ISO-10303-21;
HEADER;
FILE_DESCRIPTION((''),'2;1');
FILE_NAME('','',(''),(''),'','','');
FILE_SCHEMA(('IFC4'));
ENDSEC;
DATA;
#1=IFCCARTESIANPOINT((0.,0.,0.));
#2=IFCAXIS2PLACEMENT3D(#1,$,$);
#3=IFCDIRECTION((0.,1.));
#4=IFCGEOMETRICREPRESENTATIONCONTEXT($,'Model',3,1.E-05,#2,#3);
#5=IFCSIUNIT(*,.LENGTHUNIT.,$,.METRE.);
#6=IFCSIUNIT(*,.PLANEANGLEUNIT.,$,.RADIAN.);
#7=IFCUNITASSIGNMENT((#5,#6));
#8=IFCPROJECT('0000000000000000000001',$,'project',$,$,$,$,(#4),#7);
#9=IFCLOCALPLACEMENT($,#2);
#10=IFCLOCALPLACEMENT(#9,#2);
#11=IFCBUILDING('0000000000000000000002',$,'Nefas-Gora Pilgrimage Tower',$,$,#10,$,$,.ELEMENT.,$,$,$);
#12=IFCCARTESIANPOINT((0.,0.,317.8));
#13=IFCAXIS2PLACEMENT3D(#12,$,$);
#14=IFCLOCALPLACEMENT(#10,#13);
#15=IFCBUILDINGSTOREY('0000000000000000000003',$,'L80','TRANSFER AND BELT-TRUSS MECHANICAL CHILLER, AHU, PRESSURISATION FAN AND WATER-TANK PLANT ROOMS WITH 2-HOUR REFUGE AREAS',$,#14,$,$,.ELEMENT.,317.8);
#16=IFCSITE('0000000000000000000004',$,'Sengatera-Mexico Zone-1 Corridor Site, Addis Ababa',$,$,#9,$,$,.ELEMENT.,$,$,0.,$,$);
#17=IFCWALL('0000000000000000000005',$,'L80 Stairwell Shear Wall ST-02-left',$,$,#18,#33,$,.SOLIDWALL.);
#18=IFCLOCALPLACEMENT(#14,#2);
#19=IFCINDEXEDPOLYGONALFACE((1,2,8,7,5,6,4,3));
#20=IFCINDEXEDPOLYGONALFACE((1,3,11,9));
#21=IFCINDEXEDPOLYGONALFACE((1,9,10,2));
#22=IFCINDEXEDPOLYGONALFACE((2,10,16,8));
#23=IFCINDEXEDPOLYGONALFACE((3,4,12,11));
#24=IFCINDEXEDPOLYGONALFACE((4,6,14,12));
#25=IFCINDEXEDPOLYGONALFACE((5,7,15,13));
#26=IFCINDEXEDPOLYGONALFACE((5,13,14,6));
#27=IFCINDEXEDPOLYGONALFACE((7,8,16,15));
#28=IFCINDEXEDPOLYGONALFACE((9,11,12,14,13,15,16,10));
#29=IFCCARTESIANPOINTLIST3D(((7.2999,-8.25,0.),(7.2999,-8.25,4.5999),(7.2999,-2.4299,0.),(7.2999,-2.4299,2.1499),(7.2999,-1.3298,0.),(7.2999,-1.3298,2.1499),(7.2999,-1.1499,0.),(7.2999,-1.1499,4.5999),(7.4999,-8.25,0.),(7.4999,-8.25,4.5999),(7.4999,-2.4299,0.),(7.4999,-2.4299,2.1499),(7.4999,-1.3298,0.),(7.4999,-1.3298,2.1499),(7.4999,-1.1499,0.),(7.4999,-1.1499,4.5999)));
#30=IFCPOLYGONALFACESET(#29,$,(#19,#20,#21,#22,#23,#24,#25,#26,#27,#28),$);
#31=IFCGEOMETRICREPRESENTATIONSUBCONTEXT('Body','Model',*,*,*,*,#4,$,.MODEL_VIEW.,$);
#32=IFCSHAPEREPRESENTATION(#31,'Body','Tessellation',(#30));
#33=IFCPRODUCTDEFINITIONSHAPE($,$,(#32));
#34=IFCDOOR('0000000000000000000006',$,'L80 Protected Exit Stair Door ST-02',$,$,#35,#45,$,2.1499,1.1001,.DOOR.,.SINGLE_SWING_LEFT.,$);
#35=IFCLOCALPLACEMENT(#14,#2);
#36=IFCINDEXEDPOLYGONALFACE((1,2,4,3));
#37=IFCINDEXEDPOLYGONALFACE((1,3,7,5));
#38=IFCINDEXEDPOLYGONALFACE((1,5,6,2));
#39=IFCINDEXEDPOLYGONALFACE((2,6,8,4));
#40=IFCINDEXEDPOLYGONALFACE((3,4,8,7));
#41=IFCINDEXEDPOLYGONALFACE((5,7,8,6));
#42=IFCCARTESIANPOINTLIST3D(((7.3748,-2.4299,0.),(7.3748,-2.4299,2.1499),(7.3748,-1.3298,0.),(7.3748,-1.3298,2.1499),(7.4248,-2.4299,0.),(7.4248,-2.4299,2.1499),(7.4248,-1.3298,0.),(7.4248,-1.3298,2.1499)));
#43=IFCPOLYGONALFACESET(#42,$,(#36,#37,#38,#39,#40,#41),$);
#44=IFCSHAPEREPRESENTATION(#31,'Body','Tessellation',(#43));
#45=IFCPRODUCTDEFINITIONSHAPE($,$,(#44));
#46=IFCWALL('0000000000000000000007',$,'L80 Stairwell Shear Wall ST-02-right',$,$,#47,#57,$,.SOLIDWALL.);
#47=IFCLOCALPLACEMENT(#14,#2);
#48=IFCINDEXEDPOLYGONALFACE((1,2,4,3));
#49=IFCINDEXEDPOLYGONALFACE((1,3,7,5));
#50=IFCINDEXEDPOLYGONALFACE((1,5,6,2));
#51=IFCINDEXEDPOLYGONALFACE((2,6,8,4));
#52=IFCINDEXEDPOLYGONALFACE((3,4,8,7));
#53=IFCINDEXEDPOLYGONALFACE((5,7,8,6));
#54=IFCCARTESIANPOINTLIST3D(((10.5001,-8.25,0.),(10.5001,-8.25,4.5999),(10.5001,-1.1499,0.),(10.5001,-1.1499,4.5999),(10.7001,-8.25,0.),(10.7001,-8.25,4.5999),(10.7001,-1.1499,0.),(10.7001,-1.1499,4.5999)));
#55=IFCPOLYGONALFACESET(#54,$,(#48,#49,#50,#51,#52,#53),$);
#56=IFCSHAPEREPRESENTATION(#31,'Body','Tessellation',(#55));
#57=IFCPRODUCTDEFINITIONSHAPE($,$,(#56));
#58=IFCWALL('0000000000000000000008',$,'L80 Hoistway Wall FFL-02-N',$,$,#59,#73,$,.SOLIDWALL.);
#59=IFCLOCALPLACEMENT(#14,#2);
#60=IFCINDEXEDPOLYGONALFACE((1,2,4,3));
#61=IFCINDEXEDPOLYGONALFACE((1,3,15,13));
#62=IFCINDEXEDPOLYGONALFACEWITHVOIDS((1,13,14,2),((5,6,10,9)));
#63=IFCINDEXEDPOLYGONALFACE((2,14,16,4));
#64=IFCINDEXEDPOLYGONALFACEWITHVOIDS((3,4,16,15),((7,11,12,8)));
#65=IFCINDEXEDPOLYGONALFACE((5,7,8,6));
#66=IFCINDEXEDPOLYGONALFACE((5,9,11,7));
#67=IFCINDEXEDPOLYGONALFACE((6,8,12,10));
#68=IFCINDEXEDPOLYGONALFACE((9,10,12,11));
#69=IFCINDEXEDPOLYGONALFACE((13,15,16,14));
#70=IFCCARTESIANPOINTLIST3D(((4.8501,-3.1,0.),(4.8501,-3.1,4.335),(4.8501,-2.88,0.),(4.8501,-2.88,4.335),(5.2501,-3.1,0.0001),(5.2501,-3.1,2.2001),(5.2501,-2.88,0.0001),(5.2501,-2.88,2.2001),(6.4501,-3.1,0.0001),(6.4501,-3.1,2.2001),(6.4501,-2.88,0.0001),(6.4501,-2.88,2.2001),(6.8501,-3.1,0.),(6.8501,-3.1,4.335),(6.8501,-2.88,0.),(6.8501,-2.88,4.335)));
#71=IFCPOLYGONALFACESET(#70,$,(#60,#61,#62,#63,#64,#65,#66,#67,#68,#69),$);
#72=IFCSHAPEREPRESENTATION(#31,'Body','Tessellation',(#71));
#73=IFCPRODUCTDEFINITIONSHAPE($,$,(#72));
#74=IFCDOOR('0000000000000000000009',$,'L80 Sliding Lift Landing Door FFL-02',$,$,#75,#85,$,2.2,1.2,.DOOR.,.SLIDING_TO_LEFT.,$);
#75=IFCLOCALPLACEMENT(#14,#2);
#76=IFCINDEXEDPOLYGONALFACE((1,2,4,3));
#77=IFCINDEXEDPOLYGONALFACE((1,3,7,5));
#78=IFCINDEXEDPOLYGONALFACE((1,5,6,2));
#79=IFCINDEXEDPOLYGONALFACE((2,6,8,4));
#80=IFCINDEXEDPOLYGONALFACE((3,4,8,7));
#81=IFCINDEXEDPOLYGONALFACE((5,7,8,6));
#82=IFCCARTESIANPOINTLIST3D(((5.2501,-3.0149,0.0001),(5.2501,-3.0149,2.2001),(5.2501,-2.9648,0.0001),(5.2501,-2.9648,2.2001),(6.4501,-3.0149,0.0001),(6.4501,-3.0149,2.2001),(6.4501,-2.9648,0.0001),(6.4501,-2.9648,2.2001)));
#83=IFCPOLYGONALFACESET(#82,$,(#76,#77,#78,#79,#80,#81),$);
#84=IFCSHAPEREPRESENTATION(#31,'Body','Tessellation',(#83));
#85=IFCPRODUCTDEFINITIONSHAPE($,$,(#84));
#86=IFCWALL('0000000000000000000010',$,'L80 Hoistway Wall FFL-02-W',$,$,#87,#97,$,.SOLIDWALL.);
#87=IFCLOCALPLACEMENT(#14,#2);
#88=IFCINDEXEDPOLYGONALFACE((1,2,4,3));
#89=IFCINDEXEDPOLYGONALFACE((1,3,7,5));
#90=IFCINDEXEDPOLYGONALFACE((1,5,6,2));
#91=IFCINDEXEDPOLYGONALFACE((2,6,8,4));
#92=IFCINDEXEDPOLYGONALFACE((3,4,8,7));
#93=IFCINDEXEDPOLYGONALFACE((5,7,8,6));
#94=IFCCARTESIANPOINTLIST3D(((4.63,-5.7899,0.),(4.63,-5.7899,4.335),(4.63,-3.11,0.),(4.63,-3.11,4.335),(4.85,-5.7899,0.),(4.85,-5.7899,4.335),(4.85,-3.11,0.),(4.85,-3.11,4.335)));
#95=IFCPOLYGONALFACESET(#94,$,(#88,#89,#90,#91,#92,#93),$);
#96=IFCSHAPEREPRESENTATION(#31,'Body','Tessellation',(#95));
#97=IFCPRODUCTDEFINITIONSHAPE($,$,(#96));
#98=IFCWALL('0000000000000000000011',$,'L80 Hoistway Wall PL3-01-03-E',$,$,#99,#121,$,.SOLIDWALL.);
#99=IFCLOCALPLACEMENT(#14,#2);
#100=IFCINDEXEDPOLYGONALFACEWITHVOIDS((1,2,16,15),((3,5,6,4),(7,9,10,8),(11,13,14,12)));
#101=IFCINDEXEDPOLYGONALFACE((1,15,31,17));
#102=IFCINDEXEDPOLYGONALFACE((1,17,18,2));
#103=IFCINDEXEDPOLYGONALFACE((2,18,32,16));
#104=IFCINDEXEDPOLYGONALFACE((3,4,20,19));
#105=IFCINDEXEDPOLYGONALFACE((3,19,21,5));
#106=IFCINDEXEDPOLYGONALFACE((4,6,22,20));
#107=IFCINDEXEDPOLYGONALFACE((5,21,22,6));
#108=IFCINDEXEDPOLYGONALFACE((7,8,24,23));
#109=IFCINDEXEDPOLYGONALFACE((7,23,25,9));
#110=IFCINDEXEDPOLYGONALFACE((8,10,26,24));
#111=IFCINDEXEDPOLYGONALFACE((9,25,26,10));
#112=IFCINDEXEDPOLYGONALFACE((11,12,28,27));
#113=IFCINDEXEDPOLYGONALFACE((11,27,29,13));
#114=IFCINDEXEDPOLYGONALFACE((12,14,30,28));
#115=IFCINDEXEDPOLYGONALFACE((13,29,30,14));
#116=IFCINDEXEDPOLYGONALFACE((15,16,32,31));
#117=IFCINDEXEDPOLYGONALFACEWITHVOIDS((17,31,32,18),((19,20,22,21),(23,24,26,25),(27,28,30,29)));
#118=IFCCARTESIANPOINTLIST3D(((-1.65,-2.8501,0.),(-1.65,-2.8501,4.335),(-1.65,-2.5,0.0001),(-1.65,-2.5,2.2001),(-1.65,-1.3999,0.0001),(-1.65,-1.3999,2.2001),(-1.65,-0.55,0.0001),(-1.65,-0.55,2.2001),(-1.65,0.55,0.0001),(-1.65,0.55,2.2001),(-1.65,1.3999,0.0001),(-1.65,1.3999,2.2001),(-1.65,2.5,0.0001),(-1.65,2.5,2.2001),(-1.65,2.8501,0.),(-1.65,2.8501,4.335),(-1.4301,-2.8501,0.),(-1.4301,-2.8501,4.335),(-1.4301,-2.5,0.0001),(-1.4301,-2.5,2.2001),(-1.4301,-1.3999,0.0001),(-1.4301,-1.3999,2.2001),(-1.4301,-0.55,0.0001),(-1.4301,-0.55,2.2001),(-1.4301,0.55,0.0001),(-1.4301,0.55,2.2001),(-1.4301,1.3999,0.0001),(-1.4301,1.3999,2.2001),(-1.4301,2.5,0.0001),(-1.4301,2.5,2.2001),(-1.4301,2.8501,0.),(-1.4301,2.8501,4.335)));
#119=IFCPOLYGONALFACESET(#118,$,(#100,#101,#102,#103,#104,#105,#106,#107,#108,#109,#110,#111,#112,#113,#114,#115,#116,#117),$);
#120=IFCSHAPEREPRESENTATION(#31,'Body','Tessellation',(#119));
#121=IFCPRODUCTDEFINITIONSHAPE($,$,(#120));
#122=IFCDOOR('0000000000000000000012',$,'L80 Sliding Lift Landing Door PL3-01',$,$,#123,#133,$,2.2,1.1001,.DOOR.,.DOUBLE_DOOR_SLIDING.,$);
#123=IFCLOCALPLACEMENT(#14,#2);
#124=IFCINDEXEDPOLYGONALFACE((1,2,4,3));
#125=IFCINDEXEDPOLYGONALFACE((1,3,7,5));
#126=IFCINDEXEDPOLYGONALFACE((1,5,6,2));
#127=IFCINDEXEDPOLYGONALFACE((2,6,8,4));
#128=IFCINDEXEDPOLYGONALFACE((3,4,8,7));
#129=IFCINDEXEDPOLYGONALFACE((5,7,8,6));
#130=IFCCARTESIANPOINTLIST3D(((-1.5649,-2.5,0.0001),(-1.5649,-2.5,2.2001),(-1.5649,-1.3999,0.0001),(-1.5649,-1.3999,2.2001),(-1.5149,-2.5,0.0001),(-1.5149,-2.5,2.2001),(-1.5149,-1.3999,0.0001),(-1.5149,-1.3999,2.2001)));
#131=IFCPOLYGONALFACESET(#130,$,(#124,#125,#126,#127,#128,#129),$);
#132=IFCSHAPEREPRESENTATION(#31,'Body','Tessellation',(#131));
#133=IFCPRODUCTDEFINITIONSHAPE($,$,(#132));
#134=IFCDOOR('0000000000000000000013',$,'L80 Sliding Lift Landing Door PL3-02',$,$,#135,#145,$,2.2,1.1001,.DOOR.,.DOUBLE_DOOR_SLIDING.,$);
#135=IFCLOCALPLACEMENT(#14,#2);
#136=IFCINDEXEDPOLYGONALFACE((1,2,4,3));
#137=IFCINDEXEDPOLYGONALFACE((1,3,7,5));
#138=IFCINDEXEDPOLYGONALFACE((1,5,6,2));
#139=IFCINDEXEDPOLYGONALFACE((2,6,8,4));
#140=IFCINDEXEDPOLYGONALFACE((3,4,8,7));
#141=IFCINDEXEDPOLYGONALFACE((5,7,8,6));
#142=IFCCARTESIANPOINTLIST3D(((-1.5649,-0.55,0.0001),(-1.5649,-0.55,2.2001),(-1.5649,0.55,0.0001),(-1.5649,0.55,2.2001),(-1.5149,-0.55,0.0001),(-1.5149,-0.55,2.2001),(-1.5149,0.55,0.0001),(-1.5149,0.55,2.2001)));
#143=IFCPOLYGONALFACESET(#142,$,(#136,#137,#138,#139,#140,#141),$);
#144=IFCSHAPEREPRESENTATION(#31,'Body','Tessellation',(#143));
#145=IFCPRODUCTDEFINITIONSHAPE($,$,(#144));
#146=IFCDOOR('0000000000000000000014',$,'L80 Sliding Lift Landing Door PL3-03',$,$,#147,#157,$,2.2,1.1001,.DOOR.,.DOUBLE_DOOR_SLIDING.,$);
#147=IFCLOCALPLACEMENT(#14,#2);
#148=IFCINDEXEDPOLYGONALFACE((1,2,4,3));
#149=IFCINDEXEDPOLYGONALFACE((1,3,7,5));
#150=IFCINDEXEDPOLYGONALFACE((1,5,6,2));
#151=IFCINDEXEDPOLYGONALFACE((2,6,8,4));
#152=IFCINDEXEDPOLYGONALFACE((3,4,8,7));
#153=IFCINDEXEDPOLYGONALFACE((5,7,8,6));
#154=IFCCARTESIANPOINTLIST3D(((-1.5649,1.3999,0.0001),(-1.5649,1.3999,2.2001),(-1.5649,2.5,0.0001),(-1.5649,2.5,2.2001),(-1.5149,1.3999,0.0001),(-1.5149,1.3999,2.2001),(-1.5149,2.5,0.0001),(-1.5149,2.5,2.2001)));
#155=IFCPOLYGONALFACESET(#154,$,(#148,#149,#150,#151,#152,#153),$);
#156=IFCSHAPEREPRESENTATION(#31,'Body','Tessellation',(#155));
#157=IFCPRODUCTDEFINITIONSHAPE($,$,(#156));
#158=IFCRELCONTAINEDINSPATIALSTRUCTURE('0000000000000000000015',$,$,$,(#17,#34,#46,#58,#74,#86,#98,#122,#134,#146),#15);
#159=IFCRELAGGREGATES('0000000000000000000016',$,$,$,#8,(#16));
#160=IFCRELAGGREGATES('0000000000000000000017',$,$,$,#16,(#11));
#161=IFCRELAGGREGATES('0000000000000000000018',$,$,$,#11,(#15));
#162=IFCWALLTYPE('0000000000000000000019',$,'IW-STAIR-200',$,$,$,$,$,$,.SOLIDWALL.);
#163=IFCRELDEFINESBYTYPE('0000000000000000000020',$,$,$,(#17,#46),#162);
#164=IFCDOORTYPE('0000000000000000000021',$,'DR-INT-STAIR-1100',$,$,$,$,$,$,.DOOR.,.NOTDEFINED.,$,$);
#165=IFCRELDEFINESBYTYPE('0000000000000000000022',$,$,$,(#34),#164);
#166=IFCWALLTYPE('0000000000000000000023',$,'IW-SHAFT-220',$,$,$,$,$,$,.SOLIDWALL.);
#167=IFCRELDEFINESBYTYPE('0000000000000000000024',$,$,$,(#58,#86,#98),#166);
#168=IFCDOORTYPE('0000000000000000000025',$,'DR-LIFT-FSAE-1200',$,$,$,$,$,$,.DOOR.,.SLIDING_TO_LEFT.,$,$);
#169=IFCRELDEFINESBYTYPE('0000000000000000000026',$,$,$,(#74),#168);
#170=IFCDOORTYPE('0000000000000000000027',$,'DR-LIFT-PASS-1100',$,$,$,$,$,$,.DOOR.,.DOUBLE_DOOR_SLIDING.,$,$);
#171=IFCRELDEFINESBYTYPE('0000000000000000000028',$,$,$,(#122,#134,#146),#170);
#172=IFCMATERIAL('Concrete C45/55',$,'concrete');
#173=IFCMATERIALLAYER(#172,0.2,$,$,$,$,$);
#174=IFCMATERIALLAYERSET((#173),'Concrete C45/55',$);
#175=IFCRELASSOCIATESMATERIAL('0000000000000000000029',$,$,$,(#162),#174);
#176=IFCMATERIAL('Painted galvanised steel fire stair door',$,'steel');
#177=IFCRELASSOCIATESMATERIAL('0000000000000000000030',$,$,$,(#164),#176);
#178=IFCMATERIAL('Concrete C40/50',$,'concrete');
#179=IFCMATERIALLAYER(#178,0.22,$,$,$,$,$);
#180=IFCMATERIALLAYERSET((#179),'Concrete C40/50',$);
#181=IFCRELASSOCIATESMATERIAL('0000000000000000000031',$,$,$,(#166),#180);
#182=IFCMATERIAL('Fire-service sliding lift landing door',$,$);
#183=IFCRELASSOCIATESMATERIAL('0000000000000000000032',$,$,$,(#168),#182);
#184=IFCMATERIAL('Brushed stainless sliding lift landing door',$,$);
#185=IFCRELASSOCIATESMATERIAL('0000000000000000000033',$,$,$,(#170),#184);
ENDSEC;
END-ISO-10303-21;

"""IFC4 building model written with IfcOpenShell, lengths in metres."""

from ifc_helpers import new_model, si_unit, direction, frame, frame_2d, origin, place, context, subcontext, project, spatial, rectangle, extrude, source, transform, mapped, material, layer, layer_set, type_object, element, fill, save


model = new_model("IFC4")

# Units and contexts
model_context = context("Model", 3, precision=1e-05, world=origin(), true_north=direction((0.0, 1.0)))
body_context = subcontext(model_context, "Body", "Model", "MODEL_VIEW")
ifc_project = project(units=[si_unit("LENGTHUNIT", "METRE"), si_unit("PLANEANGLEUNIT", "RADIAN")], contexts=[model_context])

# Site, building, storey
site_placement = place(None, origin())
site = spatial("IfcSite", under=ifc_project, at=site_placement, Name="Sengatera-Mexico Zone-1 Corridor Site, Addis Ababa", CompositionType="ELEMENT", RefElevation=0.0)
building_placement = place(site_placement, origin())
building = spatial("IfcBuilding", under=site, at=building_placement, Name="Nefas-Gora Pilgrimage Tower", CompositionType="ELEMENT")
storey_placement = place(building_placement, frame((0.0, 0.0, 317.8)))
storey = spatial("IfcBuildingStorey", under=building, at=storey_placement, Name="L80", Description="TRANSFER AND BELT-TRUSS MECHANICAL CHILLER, AHU, PRESSURISATION FAN AND WATER-TANK PLANT ROOMS WITH 2-HOUR REFUGE AREAS", CompositionType="ELEMENT", Elevation=317.8)

# Shared definitions
ifc_material_1 = material(Name="Concrete C45/55", Category="concrete")

# Shared definitions
ifc_material_2 = material(Name="Concrete C40/50", Category="concrete")

# Shared definitions
ifc_layer_1 = layer(ifc_material_1, 0.2)
ifc_layer_set_1 = layer_set([ifc_layer_1], Name="Concrete C45/55")
wall_type_1 = type_object("IfcWallType", Name="IW-STAIR-200", PredefinedType="SOLIDWALL", material=ifc_layer_set_1)

# Wall, opening, door
shared_shape_1 = source(origin(), body_context, "Body", "SweptSolid", [
    extrude(rectangle(XDim=7.1001, YDim=0.2, at=frame_2d((3.55, 0.0))), origin(), (0.0, 0.0, 1.0), 4.5999),
])
wall_1_placement = place(storey_placement, frame((7.3999, -1.1499, 0.0), z_axis=(0.0, 0.0, 1.0), x_axis=(0.0, -1.0, 0.0)))
wall_1 = element("IfcWall", 1, at=wall_1_placement, inside=storey, type_object=wall_type_1, Name="L80 Stairwell Shear Wall ST-02-left", PredefinedType="SOLIDWALL", context=body_context, shape_type="MappedRepresentation", body=[
    mapped(shared_shape_1, transform((0.0, 0.0, 0.0), x_axis=(1.0, 0.0, 0.0), y_axis=(0.0, 1.0, 0.0), z_axis=(0.0, 0.0, 1.0), scale=1.0)),
])
opening_1_placement = place(wall_1_placement, frame((0.1799, 0.0, 0.0)))
opening_1 = element("IfcOpeningElement", 2, at=opening_1_placement, cuts=wall_1, PredefinedType="OPENING", context=body_context, shape_type="SweptSolid", body=[
    extrude(rectangle(XDim=1.1001, YDim=2.1499, at=frame_2d((0.55, 1.075))), frame((0.0, 0.1099, 0.0), z_axis=(0.0, -1.0, 0.0), x_axis=(1.0, 0.0, 0.0)), (0.0, 0.0, 1.0), 0.22),
])
ifc_material_3 = material(Name="Painted galvanised steel fire stair door", Category="steel")
door_type_1 = type_object("IfcDoorType", Name="DR-INT-STAIR-1100", OperationType="NOTDEFINED", PredefinedType="DOOR", material=ifc_material_3)
shared_shape_2 = source(origin(), body_context, "Body", "SweptSolid", [
    extrude(rectangle(XDim=1.1001, YDim=2.1499, at=frame_2d((0.55, 1.075))), frame((0.0, 0.0249, 0.0), z_axis=(0.0, -1.0, 0.0), x_axis=(1.0, 0.0, 0.0)), (0.0, 0.0, 1.0), 0.05),
])
door_1_placement = place(opening_1_placement, origin())
door_1 = element("IfcDoor", 3, at=door_1_placement, inside=storey, type_object=door_type_1, Name="L80 Protected Exit Stair Door ST-02", OperationType="SINGLE_SWING_LEFT", OverallHeight=2.1499, OverallWidth=1.1001, PredefinedType="DOOR", context=body_context, shape_type="MappedRepresentation", body=[
    mapped(shared_shape_2, transform((0.0, 0.0, 0.0), x_axis=(1.0, 0.0, 0.0), y_axis=(0.0, 1.0, 0.0), z_axis=(0.0, 0.0, 1.0), scale=1.0)),
])
fill(opening_1, door_1)

# Wall
wall_2_placement = place(storey_placement, frame((10.6001, -1.1499, 0.0), z_axis=(0.0, 0.0, 1.0), x_axis=(0.0, -1.0, 0.0)))
element("IfcWall", 4, at=wall_2_placement, inside=storey, type_object=wall_type_1, Name="L80 Stairwell Shear Wall ST-02-right", PredefinedType="SOLIDWALL", context=body_context, shape_type="MappedRepresentation", body=[
    mapped(shared_shape_1, transform((0.0, 0.0, 0.0), x_axis=(1.0, 0.0, 0.0), y_axis=(0.0, 1.0, 0.0), z_axis=(0.0, 0.0, 1.0), scale=1.0)),
])

# Wall, opening, door
ifc_layer_2 = layer(ifc_material_2, 0.22)
ifc_layer_set_2 = layer_set([ifc_layer_2], Name="Concrete C40/50")
wall_type_2 = type_object("IfcWallType", Name="IW-SHAFT-220", PredefinedType="SOLIDWALL", material=ifc_layer_set_2)
shared_shape_3 = source(origin(), body_context, "Body", "SweptSolid", [
    extrude(rectangle(XDim=2.0, YDim=0.22, at=frame_2d((1.0, 0.0))), origin(), (0.0, 0.0, 1.0), 4.335),
])
wall_3_placement = place(storey_placement, frame((6.8501, -2.99, 0.0), z_axis=(0.0, 0.0, 1.0), x_axis=(-1.0, 0.0, 0.0)))
wall_3 = element("IfcWall", 5, at=wall_3_placement, inside=storey, type_object=wall_type_2, Name="L80 Hoistway Wall FFL-02-N", PredefinedType="SOLIDWALL", context=body_context, shape_type="MappedRepresentation", body=[
    mapped(shared_shape_3, transform((0.0, 0.0, 0.0), x_axis=(1.0, 0.0, 0.0), y_axis=(0.0, 1.0, 0.0), z_axis=(0.0, 0.0, 1.0), scale=1.0)),
])
opening_2_placement = place(wall_3_placement, frame((0.3999, 0.0, 0.0)))
opening_2 = element("IfcOpeningElement", 6, at=opening_2_placement, cuts=wall_3, PredefinedType="OPENING", context=body_context, shape_type="SweptSolid", body=[
    extrude(rectangle(XDim=1.2, YDim=2.2, at=frame_2d((0.6001, 1.1001))), frame((0.0, 0.1199, 0.0), z_axis=(0.0, -1.0, 0.0), x_axis=(1.0, 0.0, 0.0)), (0.0, 0.0, 1.0), 0.24),
])
ifc_material_4 = material(Name="Fire-service sliding lift landing door")
door_type_2 = type_object("IfcDoorType", Name="DR-LIFT-FSAE-1200", OperationType="SLIDING_TO_LEFT", PredefinedType="DOOR", material=ifc_material_4)
shared_shape_4 = source(origin(), body_context, "Body", "SweptSolid", [
    extrude(rectangle(XDim=1.2, YDim=2.2, at=frame_2d((0.6001, 1.1001))), frame((0.0, 0.0249, 0.0), z_axis=(0.0, -1.0, 0.0), x_axis=(1.0, 0.0, 0.0)), (0.0, 0.0, 1.0), 0.05),
])
door_2_placement = place(opening_2_placement, origin())
door_2 = element("IfcDoor", 7, at=door_2_placement, inside=storey, type_object=door_type_2, Name="L80 Sliding Lift Landing Door FFL-02", OperationType="SLIDING_TO_LEFT", OverallHeight=2.2, OverallWidth=1.2, PredefinedType="DOOR", context=body_context, shape_type="MappedRepresentation", body=[
    mapped(shared_shape_4, transform((0.0, 0.0, 0.0), x_axis=(1.0, 0.0, 0.0), y_axis=(0.0, 1.0, 0.0), z_axis=(0.0, 0.0, 1.0), scale=1.0)),
])
fill(opening_2, door_2)

# Wall
shared_shape_5 = source(origin(), body_context, "Body", "SweptSolid", [
    extrude(rectangle(XDim=2.6799, YDim=0.22, at=frame_2d((1.3398, 0.0))), origin(), (0.0, 0.0, 1.0), 4.335),
])
wall_4_placement = place(storey_placement, frame((4.74, -3.1101, 0.0), z_axis=(0.0, 0.0, 1.0), x_axis=(0.0, -1.0, 0.0)))
element("IfcWall", 8, at=wall_4_placement, inside=storey, type_object=wall_type_2, Name="L80 Hoistway Wall FFL-02-W", PredefinedType="SOLIDWALL", context=body_context, shape_type="MappedRepresentation", body=[
    mapped(shared_shape_5, transform((0.0, 0.0, 0.0), x_axis=(1.0, 0.0, 0.0), y_axis=(0.0, 1.0, 0.0), z_axis=(0.0, 0.0, 1.0), scale=1.0)),
])

# Wall, openings, doors
shared_shape_6 = source(origin(), body_context, "Body", "SweptSolid", [
    extrude(rectangle(XDim=5.7002, YDim=0.22, at=frame_2d((2.8501, 0.0))), origin(), (0.0, 0.0, 1.0), 4.335),
])
wall_5_placement = place(storey_placement, frame((-1.54, -2.8501, 0.0), z_axis=(0.0, 0.0, 1.0), x_axis=(0.0, 1.0, 0.0)))
wall_5 = element("IfcWall", 9, at=wall_5_placement, inside=storey, type_object=wall_type_2, Name="L80 Hoistway Wall PL3-01-03-E", PredefinedType="SOLIDWALL", context=body_context, shape_type="MappedRepresentation", body=[
    mapped(shared_shape_6, transform((0.0, 0.0, 0.0), x_axis=(1.0, 0.0, 0.0), y_axis=(0.0, 1.0, 0.0), z_axis=(0.0, 0.0, 1.0), scale=1.0)),
])
opening_3_placement = place(wall_5_placement, frame((0.3501, 0.0, 0.0)))
opening_3 = element("IfcOpeningElement", 10, at=opening_3_placement, cuts=wall_5, PredefinedType="OPENING", context=body_context, shape_type="SweptSolid", body=[
    extrude(rectangle(XDim=1.1001, YDim=2.2, at=frame_2d((0.55, 1.1001))), frame((0.0, 0.1199, 0.0), z_axis=(0.0, -1.0, 0.0), x_axis=(1.0, 0.0, 0.0)), (0.0, 0.0, 1.0), 0.24),
])
opening_4_placement = place(wall_5_placement, frame((2.3, 0.0, 0.0)))
opening_4 = element("IfcOpeningElement", 11, at=opening_4_placement, cuts=wall_5, PredefinedType="OPENING", context=body_context, shape_type="SweptSolid", body=[
    extrude(rectangle(XDim=1.1001, YDim=2.2, at=frame_2d((0.55, 1.1001))), frame((0.0, 0.1199, 0.0), z_axis=(0.0, -1.0, 0.0), x_axis=(1.0, 0.0, 0.0)), (0.0, 0.0, 1.0), 0.24),
])
opening_5_placement = place(wall_5_placement, frame((4.25, 0.0, 0.0)))
opening_5 = element("IfcOpeningElement", 12, at=opening_5_placement, cuts=wall_5, PredefinedType="OPENING", context=body_context, shape_type="SweptSolid", body=[
    extrude(rectangle(XDim=1.1001, YDim=2.2, at=frame_2d((0.55, 1.1001))), frame((0.0, 0.1199, 0.0), z_axis=(0.0, -1.0, 0.0), x_axis=(1.0, 0.0, 0.0)), (0.0, 0.0, 1.0), 0.24),
])
ifc_material_5 = material(Name="Brushed stainless sliding lift landing door")
door_type_3 = type_object("IfcDoorType", Name="DR-LIFT-PASS-1100", OperationType="DOUBLE_DOOR_SLIDING", PredefinedType="DOOR", material=ifc_material_5)
shared_shape_7 = source(origin(), body_context, "Body", "SweptSolid", [
    extrude(rectangle(XDim=1.1001, YDim=2.2, at=frame_2d((0.55, 1.1001))), frame((0.0, 0.0249, 0.0), z_axis=(0.0, -1.0, 0.0), x_axis=(1.0, 0.0, 0.0)), (0.0, 0.0, 1.0), 0.05),
])
door_3_placement = place(opening_3_placement, origin())
door_3 = element("IfcDoor", 13, at=door_3_placement, inside=storey, type_object=door_type_3, Name="L80 Sliding Lift Landing Door PL3-01", OperationType="DOUBLE_DOOR_SLIDING", OverallHeight=2.2, OverallWidth=1.1001, PredefinedType="DOOR", context=body_context, shape_type="MappedRepresentation", body=[
    mapped(shared_shape_7, transform((0.0, 0.0, 0.0), x_axis=(1.0, 0.0, 0.0), y_axis=(0.0, 1.0, 0.0), z_axis=(0.0, 0.0, 1.0), scale=1.0)),
])
fill(opening_3, door_3)
door_4_placement = place(opening_4_placement, origin())
door_4 = element("IfcDoor", 14, at=door_4_placement, inside=storey, type_object=door_type_3, Name="L80 Sliding Lift Landing Door PL3-02", OperationType="DOUBLE_DOOR_SLIDING", OverallHeight=2.2, OverallWidth=1.1001, PredefinedType="DOOR", context=body_context, shape_type="MappedRepresentation", body=[
    mapped(shared_shape_7, transform((0.0, 0.0, 0.0), x_axis=(1.0, 0.0, 0.0), y_axis=(0.0, 1.0, 0.0), z_axis=(0.0, 0.0, 1.0), scale=1.0)),
])
fill(opening_4, door_4)
door_5_placement = place(opening_5_placement, origin())
door_5 = element("IfcDoor", 15, at=door_5_placement, inside=storey, type_object=door_type_3, Name="L80 Sliding Lift Landing Door PL3-03", OperationType="DOUBLE_DOOR_SLIDING", OverallHeight=2.2, OverallWidth=1.1001, PredefinedType="DOOR", context=body_context, shape_type="MappedRepresentation", body=[
    mapped(shared_shape_7, transform((0.0, 0.0, 0.0), x_axis=(1.0, 0.0, 0.0), y_axis=(0.0, 1.0, 0.0), z_axis=(0.0, 0.0, 1.0), scale=1.0)),
])
fill(opening_5, door_5)

save(model, "model.ifc")
